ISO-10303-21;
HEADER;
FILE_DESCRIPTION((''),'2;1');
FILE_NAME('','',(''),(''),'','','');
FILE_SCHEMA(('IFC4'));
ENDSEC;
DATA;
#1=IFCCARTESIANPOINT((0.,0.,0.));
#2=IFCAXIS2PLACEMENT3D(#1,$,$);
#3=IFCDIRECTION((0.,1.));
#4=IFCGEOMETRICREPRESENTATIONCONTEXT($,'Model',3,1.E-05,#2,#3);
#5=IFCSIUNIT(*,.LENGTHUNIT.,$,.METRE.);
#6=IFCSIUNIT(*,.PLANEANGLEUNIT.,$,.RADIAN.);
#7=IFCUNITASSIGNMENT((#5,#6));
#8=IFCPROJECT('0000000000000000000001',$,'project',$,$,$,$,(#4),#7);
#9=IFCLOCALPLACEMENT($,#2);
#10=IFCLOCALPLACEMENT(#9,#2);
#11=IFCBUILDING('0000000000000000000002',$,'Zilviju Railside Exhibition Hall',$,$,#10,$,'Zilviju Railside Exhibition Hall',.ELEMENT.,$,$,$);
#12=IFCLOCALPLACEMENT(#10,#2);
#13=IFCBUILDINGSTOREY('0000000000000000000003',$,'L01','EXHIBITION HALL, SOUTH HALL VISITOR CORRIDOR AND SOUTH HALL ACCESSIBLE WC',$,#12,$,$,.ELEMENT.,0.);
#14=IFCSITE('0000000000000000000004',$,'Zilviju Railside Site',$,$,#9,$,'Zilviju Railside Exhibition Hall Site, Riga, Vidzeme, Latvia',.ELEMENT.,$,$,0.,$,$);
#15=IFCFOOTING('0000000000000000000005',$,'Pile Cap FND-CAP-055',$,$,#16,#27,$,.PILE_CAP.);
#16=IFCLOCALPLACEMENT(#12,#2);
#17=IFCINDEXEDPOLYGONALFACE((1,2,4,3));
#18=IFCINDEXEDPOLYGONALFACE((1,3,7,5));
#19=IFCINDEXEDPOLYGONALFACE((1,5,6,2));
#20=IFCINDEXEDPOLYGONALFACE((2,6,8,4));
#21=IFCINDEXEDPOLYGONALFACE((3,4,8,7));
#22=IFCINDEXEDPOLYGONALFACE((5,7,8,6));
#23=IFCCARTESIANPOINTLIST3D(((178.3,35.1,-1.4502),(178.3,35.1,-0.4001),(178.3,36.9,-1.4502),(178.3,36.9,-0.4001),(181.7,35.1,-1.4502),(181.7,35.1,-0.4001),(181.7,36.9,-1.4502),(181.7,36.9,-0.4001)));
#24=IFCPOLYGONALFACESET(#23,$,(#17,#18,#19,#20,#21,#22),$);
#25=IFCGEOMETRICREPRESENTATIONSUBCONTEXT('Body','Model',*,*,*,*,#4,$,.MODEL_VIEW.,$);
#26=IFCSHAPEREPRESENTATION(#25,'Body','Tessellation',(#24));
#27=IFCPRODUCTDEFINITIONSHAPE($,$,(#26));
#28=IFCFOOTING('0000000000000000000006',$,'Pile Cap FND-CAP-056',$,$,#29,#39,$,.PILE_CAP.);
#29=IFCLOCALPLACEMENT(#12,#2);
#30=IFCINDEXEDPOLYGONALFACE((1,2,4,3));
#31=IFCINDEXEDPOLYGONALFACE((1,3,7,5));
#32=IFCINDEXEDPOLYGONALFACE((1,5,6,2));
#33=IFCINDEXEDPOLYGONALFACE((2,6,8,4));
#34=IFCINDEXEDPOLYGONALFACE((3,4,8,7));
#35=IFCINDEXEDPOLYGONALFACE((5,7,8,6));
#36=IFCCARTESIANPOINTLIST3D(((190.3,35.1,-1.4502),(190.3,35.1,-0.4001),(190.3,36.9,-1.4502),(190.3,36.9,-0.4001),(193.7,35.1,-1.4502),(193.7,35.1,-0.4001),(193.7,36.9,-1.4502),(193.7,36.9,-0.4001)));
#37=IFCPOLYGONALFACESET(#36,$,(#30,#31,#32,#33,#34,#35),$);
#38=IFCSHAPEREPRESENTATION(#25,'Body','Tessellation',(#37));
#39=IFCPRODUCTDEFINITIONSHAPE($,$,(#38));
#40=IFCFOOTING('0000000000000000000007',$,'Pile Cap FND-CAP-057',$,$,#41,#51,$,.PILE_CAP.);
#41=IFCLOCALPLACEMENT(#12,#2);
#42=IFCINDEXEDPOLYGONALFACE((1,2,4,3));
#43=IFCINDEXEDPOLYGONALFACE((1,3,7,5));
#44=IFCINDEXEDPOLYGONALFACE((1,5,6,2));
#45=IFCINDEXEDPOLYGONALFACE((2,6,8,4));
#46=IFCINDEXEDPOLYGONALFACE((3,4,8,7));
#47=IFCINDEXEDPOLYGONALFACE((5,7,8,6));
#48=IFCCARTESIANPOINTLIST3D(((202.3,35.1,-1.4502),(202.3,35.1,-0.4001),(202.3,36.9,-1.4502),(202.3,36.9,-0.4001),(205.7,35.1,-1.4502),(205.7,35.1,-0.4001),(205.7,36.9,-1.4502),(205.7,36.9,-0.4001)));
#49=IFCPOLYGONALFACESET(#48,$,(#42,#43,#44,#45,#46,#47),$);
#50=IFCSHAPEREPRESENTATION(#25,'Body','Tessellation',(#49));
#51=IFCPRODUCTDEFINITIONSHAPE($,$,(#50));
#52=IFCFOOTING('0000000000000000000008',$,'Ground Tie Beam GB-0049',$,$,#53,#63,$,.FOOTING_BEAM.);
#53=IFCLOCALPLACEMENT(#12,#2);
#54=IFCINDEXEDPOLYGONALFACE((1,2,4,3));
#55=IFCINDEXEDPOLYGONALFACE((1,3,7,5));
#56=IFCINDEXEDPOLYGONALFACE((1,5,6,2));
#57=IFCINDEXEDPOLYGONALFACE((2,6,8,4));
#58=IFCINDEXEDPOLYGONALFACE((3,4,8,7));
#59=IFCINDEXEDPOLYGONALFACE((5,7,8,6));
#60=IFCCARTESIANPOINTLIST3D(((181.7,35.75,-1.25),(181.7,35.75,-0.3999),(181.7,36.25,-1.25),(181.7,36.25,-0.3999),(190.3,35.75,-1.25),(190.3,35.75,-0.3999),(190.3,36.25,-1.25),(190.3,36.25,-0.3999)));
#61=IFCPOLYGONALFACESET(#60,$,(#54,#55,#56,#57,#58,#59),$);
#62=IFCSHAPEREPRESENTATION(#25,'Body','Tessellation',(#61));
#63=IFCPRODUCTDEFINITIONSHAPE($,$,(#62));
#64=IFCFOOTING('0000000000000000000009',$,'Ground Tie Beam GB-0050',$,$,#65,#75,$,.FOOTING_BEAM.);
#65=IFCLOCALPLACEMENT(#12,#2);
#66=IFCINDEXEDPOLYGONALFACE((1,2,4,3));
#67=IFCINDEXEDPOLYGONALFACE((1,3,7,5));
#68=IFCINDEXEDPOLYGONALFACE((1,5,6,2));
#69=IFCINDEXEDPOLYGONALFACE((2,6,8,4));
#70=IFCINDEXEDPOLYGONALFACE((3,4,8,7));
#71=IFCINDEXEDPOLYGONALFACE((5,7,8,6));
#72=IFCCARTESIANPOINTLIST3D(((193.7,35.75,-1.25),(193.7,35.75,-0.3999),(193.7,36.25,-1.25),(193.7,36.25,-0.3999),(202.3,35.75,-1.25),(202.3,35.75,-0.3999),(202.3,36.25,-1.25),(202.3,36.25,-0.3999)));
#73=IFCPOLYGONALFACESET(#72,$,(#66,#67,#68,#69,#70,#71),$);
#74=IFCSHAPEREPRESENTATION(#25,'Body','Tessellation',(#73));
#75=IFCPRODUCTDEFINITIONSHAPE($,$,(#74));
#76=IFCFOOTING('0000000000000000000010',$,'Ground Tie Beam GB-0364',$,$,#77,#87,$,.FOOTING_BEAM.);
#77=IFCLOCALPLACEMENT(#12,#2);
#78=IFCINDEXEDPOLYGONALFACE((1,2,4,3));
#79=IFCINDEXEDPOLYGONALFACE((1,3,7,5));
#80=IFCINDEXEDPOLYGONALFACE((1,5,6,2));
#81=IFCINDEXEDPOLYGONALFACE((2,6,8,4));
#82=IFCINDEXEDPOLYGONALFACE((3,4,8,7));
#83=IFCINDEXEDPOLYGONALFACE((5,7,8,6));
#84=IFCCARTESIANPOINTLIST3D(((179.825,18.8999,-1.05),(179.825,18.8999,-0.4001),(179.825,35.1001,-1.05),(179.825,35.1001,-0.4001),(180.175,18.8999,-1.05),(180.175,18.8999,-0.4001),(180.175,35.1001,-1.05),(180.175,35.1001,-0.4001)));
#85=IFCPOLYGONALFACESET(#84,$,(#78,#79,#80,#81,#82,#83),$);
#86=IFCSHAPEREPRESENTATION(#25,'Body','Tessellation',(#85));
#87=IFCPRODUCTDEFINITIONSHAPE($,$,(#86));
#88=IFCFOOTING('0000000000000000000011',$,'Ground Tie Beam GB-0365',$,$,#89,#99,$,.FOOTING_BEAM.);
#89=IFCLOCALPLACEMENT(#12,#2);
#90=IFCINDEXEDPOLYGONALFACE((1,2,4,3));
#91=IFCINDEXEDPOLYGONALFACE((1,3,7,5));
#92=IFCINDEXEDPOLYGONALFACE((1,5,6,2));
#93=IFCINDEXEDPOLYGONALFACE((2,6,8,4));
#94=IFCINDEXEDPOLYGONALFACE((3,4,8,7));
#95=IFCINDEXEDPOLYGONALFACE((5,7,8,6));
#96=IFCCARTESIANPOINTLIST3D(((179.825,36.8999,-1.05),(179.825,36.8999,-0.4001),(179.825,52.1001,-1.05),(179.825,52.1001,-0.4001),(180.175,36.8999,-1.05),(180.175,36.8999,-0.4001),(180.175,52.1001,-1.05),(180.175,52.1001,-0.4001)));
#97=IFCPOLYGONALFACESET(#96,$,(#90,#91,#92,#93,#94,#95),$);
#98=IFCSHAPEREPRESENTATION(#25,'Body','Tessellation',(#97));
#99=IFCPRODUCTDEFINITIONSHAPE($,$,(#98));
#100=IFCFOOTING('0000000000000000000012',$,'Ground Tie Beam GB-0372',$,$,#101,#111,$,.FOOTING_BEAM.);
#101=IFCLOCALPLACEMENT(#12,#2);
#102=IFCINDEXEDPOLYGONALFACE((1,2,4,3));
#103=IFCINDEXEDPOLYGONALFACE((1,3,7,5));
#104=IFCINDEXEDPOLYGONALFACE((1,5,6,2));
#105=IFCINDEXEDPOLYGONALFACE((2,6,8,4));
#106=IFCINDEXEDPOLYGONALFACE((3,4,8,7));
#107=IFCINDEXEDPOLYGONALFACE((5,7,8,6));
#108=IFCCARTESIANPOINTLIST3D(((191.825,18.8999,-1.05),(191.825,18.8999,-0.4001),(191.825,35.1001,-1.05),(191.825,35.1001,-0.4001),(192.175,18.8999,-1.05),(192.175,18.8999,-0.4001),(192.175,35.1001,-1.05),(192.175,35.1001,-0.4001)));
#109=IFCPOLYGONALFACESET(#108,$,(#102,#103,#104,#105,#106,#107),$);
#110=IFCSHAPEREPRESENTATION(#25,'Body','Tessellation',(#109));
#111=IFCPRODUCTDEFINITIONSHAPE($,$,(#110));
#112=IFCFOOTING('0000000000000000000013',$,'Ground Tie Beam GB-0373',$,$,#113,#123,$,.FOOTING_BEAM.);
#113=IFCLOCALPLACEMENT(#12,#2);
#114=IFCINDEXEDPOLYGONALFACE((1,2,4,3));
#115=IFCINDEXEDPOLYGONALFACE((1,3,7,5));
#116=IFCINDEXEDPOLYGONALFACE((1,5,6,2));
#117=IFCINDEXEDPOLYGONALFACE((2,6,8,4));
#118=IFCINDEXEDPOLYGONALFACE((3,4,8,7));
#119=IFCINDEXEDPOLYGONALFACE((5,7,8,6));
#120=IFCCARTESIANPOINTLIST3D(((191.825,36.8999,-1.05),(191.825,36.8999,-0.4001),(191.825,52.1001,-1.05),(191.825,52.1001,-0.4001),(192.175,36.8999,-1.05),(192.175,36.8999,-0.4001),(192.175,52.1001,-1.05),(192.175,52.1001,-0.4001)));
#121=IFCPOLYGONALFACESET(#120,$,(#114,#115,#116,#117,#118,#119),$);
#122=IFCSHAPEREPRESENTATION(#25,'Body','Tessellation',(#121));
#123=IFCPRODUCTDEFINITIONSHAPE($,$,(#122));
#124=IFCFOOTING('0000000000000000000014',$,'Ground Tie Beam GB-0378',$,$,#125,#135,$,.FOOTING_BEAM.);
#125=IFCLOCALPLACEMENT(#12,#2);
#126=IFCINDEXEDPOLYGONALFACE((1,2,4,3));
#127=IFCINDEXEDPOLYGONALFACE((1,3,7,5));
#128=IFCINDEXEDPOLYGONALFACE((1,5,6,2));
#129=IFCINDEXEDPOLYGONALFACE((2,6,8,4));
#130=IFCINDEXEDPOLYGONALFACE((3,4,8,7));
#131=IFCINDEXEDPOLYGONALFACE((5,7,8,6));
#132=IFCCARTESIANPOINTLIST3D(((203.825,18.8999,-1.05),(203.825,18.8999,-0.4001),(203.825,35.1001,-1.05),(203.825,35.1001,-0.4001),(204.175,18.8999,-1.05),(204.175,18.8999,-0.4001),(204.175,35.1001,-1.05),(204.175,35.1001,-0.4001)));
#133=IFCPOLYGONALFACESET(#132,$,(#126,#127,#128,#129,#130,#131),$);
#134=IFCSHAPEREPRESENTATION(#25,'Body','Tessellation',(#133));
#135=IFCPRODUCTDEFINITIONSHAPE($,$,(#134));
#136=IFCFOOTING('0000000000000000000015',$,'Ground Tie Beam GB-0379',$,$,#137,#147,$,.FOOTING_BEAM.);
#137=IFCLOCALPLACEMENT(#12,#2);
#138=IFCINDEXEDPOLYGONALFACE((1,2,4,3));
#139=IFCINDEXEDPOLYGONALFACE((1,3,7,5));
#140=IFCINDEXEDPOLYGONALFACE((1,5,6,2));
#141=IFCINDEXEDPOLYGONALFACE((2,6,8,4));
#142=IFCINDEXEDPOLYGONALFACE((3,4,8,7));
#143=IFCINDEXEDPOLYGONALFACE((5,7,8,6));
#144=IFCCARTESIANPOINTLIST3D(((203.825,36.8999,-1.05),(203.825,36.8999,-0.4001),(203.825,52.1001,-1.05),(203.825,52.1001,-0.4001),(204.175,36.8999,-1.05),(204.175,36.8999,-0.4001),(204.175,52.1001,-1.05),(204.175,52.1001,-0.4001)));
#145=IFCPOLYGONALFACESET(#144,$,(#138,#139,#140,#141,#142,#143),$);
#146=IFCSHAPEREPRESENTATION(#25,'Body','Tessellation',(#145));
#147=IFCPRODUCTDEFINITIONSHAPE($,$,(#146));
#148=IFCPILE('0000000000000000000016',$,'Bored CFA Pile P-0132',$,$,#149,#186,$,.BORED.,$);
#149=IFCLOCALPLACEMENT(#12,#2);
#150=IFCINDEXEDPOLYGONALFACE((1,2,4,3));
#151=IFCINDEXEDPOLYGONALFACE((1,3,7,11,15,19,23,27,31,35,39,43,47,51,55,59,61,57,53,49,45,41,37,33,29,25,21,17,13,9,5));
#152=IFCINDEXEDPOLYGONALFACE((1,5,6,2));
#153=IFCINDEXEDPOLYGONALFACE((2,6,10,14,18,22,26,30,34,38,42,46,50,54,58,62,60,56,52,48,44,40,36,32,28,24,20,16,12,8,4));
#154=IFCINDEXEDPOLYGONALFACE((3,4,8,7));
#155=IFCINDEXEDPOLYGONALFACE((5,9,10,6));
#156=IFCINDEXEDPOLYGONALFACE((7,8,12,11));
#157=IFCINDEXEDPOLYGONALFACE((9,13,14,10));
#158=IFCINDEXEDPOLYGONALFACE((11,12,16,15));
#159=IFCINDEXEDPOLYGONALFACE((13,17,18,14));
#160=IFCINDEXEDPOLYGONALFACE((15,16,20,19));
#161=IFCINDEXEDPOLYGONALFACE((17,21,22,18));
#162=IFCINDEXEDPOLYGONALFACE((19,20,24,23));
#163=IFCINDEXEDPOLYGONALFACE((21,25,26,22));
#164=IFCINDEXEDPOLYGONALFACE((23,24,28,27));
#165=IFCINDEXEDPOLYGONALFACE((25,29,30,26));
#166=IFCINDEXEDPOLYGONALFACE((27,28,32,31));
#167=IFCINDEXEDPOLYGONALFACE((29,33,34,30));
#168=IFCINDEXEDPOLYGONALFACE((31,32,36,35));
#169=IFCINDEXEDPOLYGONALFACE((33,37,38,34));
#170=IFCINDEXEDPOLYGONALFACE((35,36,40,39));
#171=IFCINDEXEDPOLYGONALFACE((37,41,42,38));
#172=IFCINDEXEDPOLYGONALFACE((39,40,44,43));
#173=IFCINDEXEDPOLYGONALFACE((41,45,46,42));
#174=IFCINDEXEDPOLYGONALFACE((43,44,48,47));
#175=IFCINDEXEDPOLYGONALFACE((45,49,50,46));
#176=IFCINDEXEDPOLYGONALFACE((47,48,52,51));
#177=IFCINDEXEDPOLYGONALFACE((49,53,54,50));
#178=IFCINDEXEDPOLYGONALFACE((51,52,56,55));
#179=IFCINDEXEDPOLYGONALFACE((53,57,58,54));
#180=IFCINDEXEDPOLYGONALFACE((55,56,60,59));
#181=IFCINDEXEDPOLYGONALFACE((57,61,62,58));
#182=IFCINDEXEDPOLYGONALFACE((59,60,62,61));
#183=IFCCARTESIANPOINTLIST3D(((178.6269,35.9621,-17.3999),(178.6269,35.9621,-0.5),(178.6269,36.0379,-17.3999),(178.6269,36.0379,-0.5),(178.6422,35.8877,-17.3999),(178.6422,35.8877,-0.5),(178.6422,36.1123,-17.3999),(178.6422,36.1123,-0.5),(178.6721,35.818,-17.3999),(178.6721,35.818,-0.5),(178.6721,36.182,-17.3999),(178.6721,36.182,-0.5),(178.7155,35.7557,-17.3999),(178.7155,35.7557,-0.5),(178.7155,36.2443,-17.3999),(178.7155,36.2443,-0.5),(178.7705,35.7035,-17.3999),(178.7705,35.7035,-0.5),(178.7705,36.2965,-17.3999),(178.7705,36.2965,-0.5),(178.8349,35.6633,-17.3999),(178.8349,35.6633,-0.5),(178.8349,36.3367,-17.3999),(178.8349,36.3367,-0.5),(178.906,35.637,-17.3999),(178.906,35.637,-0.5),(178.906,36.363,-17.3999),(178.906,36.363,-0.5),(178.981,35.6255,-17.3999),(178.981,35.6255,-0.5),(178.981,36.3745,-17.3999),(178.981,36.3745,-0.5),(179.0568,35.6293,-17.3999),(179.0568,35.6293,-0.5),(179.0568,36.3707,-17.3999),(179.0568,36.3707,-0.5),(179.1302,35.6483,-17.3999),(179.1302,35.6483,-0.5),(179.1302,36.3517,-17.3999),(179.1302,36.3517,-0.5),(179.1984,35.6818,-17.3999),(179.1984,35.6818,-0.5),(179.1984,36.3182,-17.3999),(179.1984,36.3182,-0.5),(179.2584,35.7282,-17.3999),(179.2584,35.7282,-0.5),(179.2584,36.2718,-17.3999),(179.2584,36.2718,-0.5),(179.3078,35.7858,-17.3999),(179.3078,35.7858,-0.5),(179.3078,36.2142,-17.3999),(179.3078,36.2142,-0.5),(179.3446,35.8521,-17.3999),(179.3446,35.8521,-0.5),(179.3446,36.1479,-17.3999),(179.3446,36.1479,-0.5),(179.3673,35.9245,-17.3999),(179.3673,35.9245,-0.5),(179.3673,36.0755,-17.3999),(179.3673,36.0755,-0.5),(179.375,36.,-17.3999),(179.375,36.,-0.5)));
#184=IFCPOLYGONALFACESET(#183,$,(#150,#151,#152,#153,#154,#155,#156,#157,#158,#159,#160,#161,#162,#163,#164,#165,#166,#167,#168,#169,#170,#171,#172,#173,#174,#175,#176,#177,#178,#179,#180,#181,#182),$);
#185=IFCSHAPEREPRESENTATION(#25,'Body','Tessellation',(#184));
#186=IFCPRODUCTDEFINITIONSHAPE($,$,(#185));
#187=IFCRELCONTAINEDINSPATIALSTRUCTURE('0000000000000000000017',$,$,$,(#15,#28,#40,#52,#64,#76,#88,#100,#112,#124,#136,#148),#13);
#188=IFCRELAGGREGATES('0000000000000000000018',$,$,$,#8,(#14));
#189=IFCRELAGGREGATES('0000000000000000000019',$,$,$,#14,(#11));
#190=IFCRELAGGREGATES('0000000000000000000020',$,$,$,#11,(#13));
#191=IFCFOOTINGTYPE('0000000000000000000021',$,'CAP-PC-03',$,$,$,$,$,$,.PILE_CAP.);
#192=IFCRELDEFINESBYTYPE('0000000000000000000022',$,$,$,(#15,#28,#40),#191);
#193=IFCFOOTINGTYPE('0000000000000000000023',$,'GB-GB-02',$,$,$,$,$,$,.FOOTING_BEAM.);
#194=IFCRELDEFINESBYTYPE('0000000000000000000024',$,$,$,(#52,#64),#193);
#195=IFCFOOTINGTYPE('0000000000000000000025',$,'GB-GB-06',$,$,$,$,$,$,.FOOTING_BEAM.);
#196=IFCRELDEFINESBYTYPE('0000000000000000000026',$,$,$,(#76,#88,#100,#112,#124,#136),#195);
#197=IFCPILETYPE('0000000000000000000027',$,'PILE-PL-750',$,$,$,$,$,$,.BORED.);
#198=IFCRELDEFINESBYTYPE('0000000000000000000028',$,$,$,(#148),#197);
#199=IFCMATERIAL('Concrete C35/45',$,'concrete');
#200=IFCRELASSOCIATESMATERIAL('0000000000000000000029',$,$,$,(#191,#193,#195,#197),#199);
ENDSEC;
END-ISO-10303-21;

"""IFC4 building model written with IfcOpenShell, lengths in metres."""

from ifc_helpers import new_model, si_unit, direction, frame, origin, origin_2d, place, context, subcontext, project, spatial, rectangle, circle, extrude, material, material_profile, profile_set, type_object, element, save


model = new_model("IFC4")

# Units and contexts
model_context = context("Model", 3, precision=1e-05, world=origin(), true_north=direction((0.0, 1.0)))
body_context = subcontext(model_context, "Body", "Model", "MODEL_VIEW")
ifc_project = project(units=[si_unit("LENGTHUNIT", "METRE"), si_unit("PLANEANGLEUNIT", "RADIAN")], contexts=[model_context])

# Site, building, storey
site_placement = place(None, origin())
site = spatial("IfcSite", under=ifc_project, at=site_placement, Name="Zilviju Railside Site", LongName="Zilviju Railside Exhibition Hall Site, Riga, Vidzeme, Latvia", CompositionType="ELEMENT", RefElevation=0.0)
building_placement = place(site_placement, origin())
building = spatial("IfcBuilding", under=site, at=building_placement, Name="Zilviju Railside Exhibition Hall", LongName="Zilviju Railside Exhibition Hall", CompositionType="ELEMENT")
storey_placement = place(building_placement, origin())
storey = spatial("IfcBuildingStorey", under=building, at=storey_placement, Name="L01", Description="EXHIBITION HALL, SOUTH HALL VISITOR CORRIDOR AND SOUTH HALL ACCESSIBLE WC", CompositionType="ELEMENT", Elevation=0.0)

# Footings
ifc_material = material(Name="Concrete C35/45", Category="concrete")
footing_type_1 = type_object("IfcFootingType", Name="CAP-PC-03", PredefinedType="PILE_CAP", material=ifc_material)
for number, where, z_axis, x_axis, name in (
    (1, (180.0, 36.0, -1.4502), (0.0, 0.0, 1.0), (1.0, 0.0, 0.0), "Pile Cap FND-CAP-055"),
    (2, (192.0, 36.0, -1.4502), (0.0, 0.0, 1.0), (1.0, 0.0, 0.0), "Pile Cap FND-CAP-056"),
    (3, (204.0, 36.0, -1.4502), (0.0, 0.0, 1.0), (1.0, 0.0, 0.0), "Pile Cap FND-CAP-057"),
):
    element("IfcFooting", number, at=place(storey_placement, frame(where, z_axis=z_axis, x_axis=x_axis)), inside=storey, type_object=footing_type_1, Name=name, PredefinedType="PILE_CAP", context=body_context, shape_type="SweptSolid", body=[
        extrude(rectangle(XDim=3.3999, YDim=1.8, at=origin_2d()), origin(), (0.0, 0.0, 1.0), 1.05),
    ])
ifc_material_profile_1 = material_profile(ifc_material, rectangle(XDim=0.5, YDim=0.8501, at=origin_2d()), Name="TIE BEAM 500x850")
ifc_profile_set_1 = profile_set([ifc_material_profile_1], Name="Concrete C35/45")
footing_type_2 = type_object("IfcFootingType", Name="GB-GB-02", PredefinedType="FOOTING_BEAM", material=ifc_profile_set_1)
for number, where, z_axis, x_axis, name in (
    (4, (181.7, 36.0, -0.825), (1.0, 0.0, 0.0), (0.0, 1.0, 0.0), "Ground Tie Beam GB-0049"),
    (5, (193.7, 36.0, -0.825), (1.0, 0.0, 0.0), (0.0, 1.0, 0.0), "Ground Tie Beam GB-0050"),
):
    element("IfcFooting", number, at=place(storey_placement, frame(where, z_axis=z_axis, x_axis=x_axis)), inside=storey, type_object=footing_type_2, Name=name, PredefinedType="FOOTING_BEAM", context=body_context, shape_type="SweptSolid", body=[
        extrude(rectangle(XDim=0.5, YDim=0.8501, at=origin_2d()), origin(), (0.0, 0.0, 1.0), 8.6001),
    ])
ifc_material_profile_2 = material_profile(ifc_material, rectangle(XDim=0.3501, YDim=0.6499, at=origin_2d()), Name="TIE BEAM 350x650")
ifc_profile_set_2 = profile_set([ifc_material_profile_2], Name="Concrete C35/45")
footing_type_3 = type_object("IfcFootingType", Name="GB-GB-06", PredefinedType="FOOTING_BEAM", material=ifc_profile_set_2)
footing_1_placement = place(storey_placement, frame((180.0, 18.8999, -0.7251), z_axis=(0.0, 1.0, 0.0), x_axis=(-1.0, 0.0, 0.0)))
element("IfcFooting", 6, at=footing_1_placement, inside=storey, type_object=footing_type_3, Name="Ground Tie Beam GB-0364", PredefinedType="FOOTING_BEAM", context=body_context, shape_type="SweptSolid", body=[
    extrude(rectangle(XDim=0.3501, YDim=0.6499, at=origin_2d()), origin(), (0.0, 0.0, 1.0), 16.2002),
])
footing_2_placement = place(storey_placement, frame((180.0, 36.8999, -0.7251), z_axis=(0.0, 1.0, 0.0), x_axis=(-1.0, 0.0, 0.0)))
element("IfcFooting", 7, at=footing_2_placement, inside=storey, type_object=footing_type_3, Name="Ground Tie Beam GB-0365", PredefinedType="FOOTING_BEAM", context=body_context, shape_type="SweptSolid", body=[
    extrude(rectangle(XDim=0.3501, YDim=0.6499, at=origin_2d()), origin(), (0.0, 0.0, 1.0), 15.2002),
])
footing_3_placement = place(storey_placement, frame((192.0, 18.8999, -0.7251), z_axis=(0.0, 1.0, 0.0), x_axis=(-1.0, 0.0, 0.0)))
element("IfcFooting", 8, at=footing_3_placement, inside=storey, type_object=footing_type_3, Name="Ground Tie Beam GB-0372", PredefinedType="FOOTING_BEAM", context=body_context, shape_type="SweptSolid", body=[
    extrude(rectangle(XDim=0.3501, YDim=0.6499, at=origin_2d()), origin(), (0.0, 0.0, 1.0), 16.2002),
])
footing_4_placement = place(storey_placement, frame((192.0, 36.8999, -0.7251), z_axis=(0.0, 1.0, 0.0), x_axis=(-1.0, 0.0, 0.0)))
element("IfcFooting", 9, at=footing_4_placement, inside=storey, type_object=footing_type_3, Name="Ground Tie Beam GB-0373", PredefinedType="FOOTING_BEAM", context=body_context, shape_type="SweptSolid", body=[
    extrude(rectangle(XDim=0.3501, YDim=0.6499, at=origin_2d()), origin(), (0.0, 0.0, 1.0), 15.2002),
])
footing_5_placement = place(storey_placement, frame((204.0, 18.8999, -0.7251), z_axis=(0.0, 1.0, 0.0), x_axis=(-1.0, 0.0, 0.0)))
element("IfcFooting", 10, at=footing_5_placement, inside=storey, type_object=footing_type_3, Name="Ground Tie Beam GB-0378", PredefinedType="FOOTING_BEAM", context=body_context, shape_type="SweptSolid", body=[
    extrude(rectangle(XDim=0.3501, YDim=0.6499, at=origin_2d()), origin(), (0.0, 0.0, 1.0), 16.2002),
])
footing_6_placement = place(storey_placement, frame((204.0, 36.8999, -0.7251), z_axis=(0.0, 1.0, 0.0), x_axis=(-1.0, 0.0, 0.0)))
element("IfcFooting", 11, at=footing_6_placement, inside=storey, type_object=footing_type_3, Name="Ground Tie Beam GB-0379", PredefinedType="FOOTING_BEAM", context=body_context, shape_type="SweptSolid", body=[
    extrude(rectangle(XDim=0.3501, YDim=0.6499, at=origin_2d()), origin(), (0.0, 0.0, 1.0), 15.2002),
])

# Pile
ifc_material_profile_3 = material_profile(ifc_material, circle(Radius=0.375, at=origin_2d()), Name="CFA PILE D750")
ifc_profile_set_3 = profile_set([ifc_material_profile_3], Name="Concrete C35/45")
pile_type = type_object("IfcPileType", Name="PILE-PL-750", PredefinedType="BORED", material=ifc_profile_set_3)
for number, where, z_axis, x_axis, name in (
    (12, (179.0, 36.0, -0.5), (0.0, 0.0, -1.0), (1.0, 0.0, 0.0), "Bored CFA Pile P-0132"),
):
    element("IfcPile", number, at=place(storey_placement, frame(where, z_axis=z_axis, x_axis=x_axis)), inside=storey, type_object=pile_type, Name=name, PredefinedType="BORED", context=body_context, shape_type="SweptSolid", body=[
        extrude(circle(Radius=0.375, at=origin_2d()), origin(), (0.0, 0.0, 1.0), 16.8999),
    ])

save(model, "model.ifc")
